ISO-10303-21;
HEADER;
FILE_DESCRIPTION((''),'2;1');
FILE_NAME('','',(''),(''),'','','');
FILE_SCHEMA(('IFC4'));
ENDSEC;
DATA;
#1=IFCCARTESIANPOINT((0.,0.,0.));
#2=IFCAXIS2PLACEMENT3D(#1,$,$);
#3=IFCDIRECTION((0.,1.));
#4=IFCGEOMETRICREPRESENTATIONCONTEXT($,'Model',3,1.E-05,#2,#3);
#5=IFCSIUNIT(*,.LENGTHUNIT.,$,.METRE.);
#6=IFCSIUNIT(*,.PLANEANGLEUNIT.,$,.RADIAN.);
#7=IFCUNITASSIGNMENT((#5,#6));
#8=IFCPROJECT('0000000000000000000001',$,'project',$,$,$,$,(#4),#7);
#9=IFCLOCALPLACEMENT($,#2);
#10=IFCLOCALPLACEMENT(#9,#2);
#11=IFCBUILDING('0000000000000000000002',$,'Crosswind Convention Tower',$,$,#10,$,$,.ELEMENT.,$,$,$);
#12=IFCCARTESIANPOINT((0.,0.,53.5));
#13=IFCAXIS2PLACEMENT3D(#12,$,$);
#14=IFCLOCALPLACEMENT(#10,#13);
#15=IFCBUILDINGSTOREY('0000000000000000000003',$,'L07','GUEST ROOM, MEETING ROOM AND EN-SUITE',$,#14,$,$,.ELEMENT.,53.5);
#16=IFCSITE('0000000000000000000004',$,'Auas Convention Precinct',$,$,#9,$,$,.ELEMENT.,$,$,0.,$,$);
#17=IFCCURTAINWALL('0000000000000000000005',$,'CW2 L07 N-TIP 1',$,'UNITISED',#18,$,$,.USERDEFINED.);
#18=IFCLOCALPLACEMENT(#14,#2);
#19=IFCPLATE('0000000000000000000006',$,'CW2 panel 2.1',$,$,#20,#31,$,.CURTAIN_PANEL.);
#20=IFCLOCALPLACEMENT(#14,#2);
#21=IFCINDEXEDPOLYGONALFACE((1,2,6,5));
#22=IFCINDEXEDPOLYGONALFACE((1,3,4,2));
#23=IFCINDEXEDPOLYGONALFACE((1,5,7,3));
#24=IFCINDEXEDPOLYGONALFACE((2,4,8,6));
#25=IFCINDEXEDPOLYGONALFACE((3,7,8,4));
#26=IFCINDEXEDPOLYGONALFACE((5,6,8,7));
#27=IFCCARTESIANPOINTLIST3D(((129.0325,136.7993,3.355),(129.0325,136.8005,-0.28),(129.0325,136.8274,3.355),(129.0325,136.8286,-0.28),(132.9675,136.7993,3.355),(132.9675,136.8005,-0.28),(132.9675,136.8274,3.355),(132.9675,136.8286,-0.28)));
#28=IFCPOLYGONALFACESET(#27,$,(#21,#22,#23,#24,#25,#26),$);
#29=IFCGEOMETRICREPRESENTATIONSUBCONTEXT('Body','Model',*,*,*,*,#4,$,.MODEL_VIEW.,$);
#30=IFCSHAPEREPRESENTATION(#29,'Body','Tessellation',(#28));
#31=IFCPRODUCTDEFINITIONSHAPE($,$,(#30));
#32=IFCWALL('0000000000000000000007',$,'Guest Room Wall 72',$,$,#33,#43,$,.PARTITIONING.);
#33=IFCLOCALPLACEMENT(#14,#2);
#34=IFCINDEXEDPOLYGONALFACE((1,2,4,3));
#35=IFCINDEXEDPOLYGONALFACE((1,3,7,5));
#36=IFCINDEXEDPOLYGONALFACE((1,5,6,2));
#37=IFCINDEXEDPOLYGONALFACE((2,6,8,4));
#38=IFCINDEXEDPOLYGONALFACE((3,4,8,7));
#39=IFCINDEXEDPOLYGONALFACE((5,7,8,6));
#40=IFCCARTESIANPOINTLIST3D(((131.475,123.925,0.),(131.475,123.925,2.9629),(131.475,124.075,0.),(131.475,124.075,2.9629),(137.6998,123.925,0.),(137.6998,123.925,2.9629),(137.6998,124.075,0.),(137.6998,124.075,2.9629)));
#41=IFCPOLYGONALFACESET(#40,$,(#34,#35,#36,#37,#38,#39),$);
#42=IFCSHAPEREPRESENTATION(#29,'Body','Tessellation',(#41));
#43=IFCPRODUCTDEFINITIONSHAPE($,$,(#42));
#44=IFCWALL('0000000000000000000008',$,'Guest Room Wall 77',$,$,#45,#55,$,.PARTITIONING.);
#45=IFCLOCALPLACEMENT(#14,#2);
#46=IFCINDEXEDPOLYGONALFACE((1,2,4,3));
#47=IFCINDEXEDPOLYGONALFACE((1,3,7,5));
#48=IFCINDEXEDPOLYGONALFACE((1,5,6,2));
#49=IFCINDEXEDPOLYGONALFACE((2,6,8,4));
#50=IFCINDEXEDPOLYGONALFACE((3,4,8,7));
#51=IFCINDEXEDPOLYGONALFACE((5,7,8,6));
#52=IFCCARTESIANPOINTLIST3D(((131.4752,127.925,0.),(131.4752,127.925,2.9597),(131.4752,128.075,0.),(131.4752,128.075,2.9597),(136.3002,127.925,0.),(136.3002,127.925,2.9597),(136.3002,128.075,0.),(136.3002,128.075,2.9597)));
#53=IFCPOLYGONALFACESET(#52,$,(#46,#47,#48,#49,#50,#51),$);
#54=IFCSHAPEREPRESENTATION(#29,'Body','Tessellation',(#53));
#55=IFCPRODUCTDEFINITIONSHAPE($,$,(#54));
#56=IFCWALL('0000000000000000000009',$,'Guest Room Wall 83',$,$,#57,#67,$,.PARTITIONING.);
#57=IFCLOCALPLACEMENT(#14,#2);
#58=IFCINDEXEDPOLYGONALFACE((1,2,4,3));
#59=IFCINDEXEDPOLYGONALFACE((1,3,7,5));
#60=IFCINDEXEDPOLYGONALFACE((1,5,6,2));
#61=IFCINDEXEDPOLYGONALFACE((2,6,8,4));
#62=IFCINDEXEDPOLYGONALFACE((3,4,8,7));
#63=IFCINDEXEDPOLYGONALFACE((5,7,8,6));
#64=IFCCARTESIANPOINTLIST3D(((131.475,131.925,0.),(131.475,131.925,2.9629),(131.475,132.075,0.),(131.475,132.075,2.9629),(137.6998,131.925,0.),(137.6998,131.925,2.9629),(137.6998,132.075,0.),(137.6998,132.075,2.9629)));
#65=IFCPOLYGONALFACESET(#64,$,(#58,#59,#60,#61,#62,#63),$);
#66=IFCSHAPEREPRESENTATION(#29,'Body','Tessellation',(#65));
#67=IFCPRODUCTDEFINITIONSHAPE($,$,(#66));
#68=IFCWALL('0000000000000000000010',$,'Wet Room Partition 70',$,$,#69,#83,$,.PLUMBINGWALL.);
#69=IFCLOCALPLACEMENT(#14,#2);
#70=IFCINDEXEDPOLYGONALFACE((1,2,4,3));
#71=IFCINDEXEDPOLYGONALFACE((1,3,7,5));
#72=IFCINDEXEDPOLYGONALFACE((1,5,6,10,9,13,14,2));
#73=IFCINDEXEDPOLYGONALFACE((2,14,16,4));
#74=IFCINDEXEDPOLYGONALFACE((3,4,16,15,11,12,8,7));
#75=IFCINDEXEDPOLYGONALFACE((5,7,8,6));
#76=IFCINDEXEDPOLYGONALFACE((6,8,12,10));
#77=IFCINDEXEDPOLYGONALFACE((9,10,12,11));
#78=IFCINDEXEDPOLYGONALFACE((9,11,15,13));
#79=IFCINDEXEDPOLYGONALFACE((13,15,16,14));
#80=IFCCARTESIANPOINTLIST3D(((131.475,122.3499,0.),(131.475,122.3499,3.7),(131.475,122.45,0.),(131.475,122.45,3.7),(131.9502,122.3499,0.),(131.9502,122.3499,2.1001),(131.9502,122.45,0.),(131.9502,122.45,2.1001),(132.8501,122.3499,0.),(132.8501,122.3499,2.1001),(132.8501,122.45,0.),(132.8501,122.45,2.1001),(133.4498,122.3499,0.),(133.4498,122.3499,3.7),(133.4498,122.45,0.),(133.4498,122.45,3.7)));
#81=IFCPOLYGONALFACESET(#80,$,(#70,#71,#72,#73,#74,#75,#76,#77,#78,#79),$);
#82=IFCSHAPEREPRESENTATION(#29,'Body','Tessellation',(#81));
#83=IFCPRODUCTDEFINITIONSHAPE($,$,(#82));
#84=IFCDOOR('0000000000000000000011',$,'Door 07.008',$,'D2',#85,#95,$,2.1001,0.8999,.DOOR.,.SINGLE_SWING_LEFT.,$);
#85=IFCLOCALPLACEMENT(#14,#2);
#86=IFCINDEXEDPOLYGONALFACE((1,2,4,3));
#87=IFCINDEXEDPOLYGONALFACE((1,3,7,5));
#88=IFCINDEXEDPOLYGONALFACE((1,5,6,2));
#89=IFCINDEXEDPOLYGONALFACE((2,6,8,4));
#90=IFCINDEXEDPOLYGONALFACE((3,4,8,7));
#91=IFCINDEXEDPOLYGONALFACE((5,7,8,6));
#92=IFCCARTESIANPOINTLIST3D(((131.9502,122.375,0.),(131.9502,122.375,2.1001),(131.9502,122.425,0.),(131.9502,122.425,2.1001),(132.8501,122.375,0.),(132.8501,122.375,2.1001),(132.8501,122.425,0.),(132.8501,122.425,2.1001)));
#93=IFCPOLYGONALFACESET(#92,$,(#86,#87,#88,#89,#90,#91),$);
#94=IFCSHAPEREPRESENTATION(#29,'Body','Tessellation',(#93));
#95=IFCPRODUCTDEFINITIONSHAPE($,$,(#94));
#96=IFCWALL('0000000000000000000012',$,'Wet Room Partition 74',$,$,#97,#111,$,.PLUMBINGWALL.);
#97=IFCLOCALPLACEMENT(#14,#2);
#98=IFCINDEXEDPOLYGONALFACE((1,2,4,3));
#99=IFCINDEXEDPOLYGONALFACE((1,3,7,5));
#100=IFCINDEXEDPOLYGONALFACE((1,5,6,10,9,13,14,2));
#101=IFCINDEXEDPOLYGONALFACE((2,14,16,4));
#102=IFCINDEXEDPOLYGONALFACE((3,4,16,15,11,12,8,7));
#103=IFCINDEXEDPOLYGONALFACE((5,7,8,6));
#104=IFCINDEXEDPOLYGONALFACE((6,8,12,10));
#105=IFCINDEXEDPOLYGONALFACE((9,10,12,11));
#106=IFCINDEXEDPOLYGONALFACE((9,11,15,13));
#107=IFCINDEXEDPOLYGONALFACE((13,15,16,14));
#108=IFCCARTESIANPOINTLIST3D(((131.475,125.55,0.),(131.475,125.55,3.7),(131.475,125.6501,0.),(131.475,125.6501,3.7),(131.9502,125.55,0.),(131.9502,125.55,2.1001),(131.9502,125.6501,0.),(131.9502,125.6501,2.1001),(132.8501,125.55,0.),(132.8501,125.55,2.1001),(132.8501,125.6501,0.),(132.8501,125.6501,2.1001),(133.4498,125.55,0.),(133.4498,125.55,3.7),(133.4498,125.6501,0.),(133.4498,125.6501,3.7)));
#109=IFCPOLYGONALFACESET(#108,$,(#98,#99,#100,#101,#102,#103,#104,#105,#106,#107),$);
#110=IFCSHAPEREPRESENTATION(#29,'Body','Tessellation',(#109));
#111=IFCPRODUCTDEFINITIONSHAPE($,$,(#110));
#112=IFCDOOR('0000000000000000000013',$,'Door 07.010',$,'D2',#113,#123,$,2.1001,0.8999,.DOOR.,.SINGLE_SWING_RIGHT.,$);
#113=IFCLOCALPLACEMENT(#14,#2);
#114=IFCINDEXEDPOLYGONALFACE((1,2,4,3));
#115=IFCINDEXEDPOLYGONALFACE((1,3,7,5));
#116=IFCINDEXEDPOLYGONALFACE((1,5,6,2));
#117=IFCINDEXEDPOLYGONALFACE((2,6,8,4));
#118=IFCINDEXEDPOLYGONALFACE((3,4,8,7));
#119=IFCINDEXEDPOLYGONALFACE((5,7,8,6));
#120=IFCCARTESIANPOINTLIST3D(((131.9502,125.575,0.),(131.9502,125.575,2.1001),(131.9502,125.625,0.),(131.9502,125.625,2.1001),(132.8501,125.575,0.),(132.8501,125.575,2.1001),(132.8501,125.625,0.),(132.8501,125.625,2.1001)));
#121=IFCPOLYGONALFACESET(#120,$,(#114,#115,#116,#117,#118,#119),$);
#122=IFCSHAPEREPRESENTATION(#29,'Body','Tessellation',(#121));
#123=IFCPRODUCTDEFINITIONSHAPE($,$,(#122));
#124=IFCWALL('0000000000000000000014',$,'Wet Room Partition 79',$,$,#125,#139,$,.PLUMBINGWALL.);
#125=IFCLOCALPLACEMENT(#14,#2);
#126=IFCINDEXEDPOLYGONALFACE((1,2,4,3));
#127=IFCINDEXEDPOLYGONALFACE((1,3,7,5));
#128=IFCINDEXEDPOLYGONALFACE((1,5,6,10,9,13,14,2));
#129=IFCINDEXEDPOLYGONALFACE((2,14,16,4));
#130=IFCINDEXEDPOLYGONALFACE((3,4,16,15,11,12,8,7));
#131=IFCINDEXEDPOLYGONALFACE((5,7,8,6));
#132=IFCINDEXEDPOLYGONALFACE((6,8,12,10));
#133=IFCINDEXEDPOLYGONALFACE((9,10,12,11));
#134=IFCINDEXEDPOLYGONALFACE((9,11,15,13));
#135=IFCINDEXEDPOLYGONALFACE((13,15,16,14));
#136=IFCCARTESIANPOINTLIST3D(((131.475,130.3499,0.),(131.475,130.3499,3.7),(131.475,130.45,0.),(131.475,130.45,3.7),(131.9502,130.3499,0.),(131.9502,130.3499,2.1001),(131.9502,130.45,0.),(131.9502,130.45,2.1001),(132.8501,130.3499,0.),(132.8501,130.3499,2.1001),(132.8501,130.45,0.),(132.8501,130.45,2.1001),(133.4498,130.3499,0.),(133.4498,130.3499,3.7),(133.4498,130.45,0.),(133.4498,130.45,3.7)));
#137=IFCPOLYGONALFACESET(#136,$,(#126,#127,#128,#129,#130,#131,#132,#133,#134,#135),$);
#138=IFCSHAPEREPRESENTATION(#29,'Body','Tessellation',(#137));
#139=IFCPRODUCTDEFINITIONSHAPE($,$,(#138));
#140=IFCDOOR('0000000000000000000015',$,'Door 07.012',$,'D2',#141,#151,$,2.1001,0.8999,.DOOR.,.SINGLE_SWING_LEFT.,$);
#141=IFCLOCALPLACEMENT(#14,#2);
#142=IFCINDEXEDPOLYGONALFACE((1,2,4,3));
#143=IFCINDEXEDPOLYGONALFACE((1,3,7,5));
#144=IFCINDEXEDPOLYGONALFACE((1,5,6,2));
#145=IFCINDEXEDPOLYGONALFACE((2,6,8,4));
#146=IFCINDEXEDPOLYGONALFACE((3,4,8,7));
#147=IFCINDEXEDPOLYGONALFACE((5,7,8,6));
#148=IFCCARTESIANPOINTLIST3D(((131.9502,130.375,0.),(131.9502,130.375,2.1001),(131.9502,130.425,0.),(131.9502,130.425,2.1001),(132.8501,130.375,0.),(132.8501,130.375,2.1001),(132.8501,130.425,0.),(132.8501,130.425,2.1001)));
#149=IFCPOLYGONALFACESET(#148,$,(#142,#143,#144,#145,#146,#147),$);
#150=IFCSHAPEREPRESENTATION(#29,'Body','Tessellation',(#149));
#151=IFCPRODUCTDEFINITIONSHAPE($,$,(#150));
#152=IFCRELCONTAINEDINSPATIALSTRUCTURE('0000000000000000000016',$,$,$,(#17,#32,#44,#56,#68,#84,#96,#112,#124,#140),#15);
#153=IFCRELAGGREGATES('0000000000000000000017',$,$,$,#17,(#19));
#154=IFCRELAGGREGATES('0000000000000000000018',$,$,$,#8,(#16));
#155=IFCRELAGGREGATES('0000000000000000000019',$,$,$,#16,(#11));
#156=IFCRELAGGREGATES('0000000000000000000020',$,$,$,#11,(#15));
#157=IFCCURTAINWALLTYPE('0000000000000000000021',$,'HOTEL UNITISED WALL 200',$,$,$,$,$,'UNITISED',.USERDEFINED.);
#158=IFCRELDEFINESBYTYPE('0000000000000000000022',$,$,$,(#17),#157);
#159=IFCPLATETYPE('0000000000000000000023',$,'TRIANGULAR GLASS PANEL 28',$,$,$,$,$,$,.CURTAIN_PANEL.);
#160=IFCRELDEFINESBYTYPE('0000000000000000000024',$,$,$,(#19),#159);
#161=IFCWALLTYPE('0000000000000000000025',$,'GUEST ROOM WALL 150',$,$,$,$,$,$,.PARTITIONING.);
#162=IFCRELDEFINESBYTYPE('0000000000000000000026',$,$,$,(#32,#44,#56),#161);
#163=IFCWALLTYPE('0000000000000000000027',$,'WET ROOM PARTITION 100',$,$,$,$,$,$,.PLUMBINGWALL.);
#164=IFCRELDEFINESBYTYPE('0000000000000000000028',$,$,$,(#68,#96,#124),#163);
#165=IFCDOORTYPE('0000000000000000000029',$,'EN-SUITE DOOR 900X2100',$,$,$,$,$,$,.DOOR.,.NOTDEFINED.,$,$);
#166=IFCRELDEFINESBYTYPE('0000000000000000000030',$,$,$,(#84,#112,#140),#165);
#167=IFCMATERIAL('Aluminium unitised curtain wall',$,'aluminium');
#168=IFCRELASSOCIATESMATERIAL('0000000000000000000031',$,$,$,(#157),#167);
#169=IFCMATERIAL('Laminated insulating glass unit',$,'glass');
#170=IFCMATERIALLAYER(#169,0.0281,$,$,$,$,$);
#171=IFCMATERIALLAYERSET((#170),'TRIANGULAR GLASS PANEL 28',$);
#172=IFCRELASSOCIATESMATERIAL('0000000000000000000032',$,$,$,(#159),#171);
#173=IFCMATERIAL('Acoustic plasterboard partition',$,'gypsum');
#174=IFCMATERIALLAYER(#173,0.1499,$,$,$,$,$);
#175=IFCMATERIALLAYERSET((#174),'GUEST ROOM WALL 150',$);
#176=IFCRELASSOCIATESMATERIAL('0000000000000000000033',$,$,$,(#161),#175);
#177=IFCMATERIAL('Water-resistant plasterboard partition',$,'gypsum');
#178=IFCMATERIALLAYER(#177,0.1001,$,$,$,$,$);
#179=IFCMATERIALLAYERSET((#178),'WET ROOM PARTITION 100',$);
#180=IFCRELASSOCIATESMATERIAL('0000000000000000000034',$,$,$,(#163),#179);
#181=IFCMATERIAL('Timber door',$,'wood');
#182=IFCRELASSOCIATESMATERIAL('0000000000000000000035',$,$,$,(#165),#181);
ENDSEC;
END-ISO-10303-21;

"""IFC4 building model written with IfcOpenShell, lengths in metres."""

from ifc_helpers import new_model, si_unit, direction, frame, frame_2d, origin, place, context, subcontext, project, spatial, polyline, rectangle, outline, extrude, material, layer, layer_set, type_object, element, fill, aggregate, save


model = new_model("IFC4")

# Units and contexts
model_context = context("Model", 3, precision=1e-05, world=origin(), true_north=direction((0.0, 1.0)))
body_context = subcontext(model_context, "Body", "Model", "MODEL_VIEW")
ifc_project = project(units=[si_unit("LENGTHUNIT", "METRE"), si_unit("PLANEANGLEUNIT", "RADIAN")], contexts=[model_context])

# Site, building, storey
site_placement = place(None, origin())
site = spatial("IfcSite", under=ifc_project, at=site_placement, Name="Auas Convention Precinct", CompositionType="ELEMENT", RefElevation=0.0)
building_placement = place(site_placement, origin())
building = spatial("IfcBuilding", under=site, at=building_placement, Name="Crosswind Convention Tower", CompositionType="ELEMENT")
storey_placement = place(building_placement, frame((0.0, 0.0, 53.5)))
storey = spatial("IfcBuildingStorey", under=building, at=storey_placement, Name="L07", Description="GUEST ROOM, MEETING ROOM AND EN-SUITE", CompositionType="ELEMENT", Elevation=53.5)

# Curtain wall, plate
ifc_material_1 = material(Name="Aluminium unitised curtain wall", Category="aluminium")
curtain_wall_type = type_object("IfcCurtainWallType", Name="HOTEL UNITISED WALL 200", ElementType="UNITISED", PredefinedType="USERDEFINED", material=ifc_material_1)
curtain_wall_placement = place(storey_placement, origin())
curtain_wall = element("IfcCurtainWall", 1, at=curtain_wall_placement, inside=storey, type_object=curtain_wall_type, Name="CW2 L07 N-TIP 1", ObjectType="UNITISED", PredefinedType="USERDEFINED")
ifc_material_2 = material(Name="Laminated insulating glass unit", Category="glass")
ifc_layer_1 = layer(ifc_material_2, 0.0281)
ifc_layer_set_1 = layer_set([ifc_layer_1], Name="TRIANGULAR GLASS PANEL 28")
plate_type = type_object("IfcPlateType", Name="TRIANGULAR GLASS PANEL 28", PredefinedType="CURTAIN_PANEL", material=ifc_layer_set_1)
plate_1_placement = place(storey_placement, frame((132.9675, 136.8286, -0.28), z_axis=(0.0, 1.0, 0.000336), x_axis=(-1.0, 0.0, 0.0)))
plate_1 = element("IfcPlate", 2, at=plate_1_placement, type_object=plate_type, Name="CW2 panel 2.1", PredefinedType="CURTAIN_PANEL", context=body_context, shape_type="SweptSolid", body=[
    extrude(outline(polyline([(0.0, 0.0), (3.9351, 0.0), (3.9351, 3.635), (0.0, 3.635), (0.0, 0.0)])), origin(), (0.0, 0.0, -1.0), 0.0281),
])
aggregate(curtain_wall, [plate_1])

# Walls
ifc_material_3 = material(Name="Acoustic plasterboard partition", Category="gypsum")
ifc_layer_2 = layer(ifc_material_3, 0.1499)
ifc_layer_set_2 = layer_set([ifc_layer_2], Name="GUEST ROOM WALL 150")
wall_type_1 = type_object("IfcWallType", Name="GUEST ROOM WALL 150", PredefinedType="PARTITIONING", material=ifc_layer_set_2)
wall_1_placement = place(storey_placement, frame((131.4751, 124.0, 0.0), z_axis=(0.0, 0.0, 1.0), x_axis=(1.0, 0.0, 0.0)))
element("IfcWall", 3, at=wall_1_placement, inside=storey, type_object=wall_type_1, Name="Guest Room Wall 72", PredefinedType="PARTITIONING", context=body_context, shape_type="SweptSolid", body=[
    extrude(rectangle(XDim=6.2249, YDim=0.1499, at=frame_2d((3.1123, 0.0))), origin(), (0.0, 0.0, 1.0), 2.9629),
])
wall_2_placement = place(storey_placement, frame((131.4751, 128.0, 0.0), z_axis=(0.0, 0.0, 1.0), x_axis=(1.0, 0.0, 0.0)))
element("IfcWall", 4, at=wall_2_placement, inside=storey, type_object=wall_type_1, Name="Guest Room Wall 77", PredefinedType="PARTITIONING", context=body_context, shape_type="SweptSolid", body=[
    extrude(rectangle(XDim=4.825, YDim=0.1499, at=frame_2d((2.4126, 0.0))), origin(), (0.0, 0.0, 1.0), 2.9597),
])
wall_3_placement = place(storey_placement, frame((131.4751, 132.0, 0.0), z_axis=(0.0, 0.0, 1.0), x_axis=(1.0, 0.0, 0.0)))
element("IfcWall", 5, at=wall_3_placement, inside=storey, type_object=wall_type_1, Name="Guest Room Wall 83", PredefinedType="PARTITIONING", context=body_context, shape_type="SweptSolid", body=[
    extrude(rectangle(XDim=6.2249, YDim=0.1499, at=frame_2d((3.1123, 0.0))), origin(), (0.0, 0.0, 1.0), 2.9629),
])

# Walls, openings, doors
ifc_material_4 = material(Name="Water-resistant plasterboard partition", Category="gypsum")
ifc_layer_3 = layer(ifc_material_4, 0.1001)
ifc_layer_set_3 = layer_set([ifc_layer_3], Name="WET ROOM PARTITION 100")
wall_type_2 = type_object("IfcWallType", Name="WET ROOM PARTITION 100", PredefinedType="PLUMBINGWALL", material=ifc_layer_set_3)
wall_4_placement = place(storey_placement, frame((131.4751, 122.3999, 0.0), z_axis=(0.0, 0.0, 1.0), x_axis=(1.0, 0.0, 0.0)))
wall_4 = element("IfcWall", 6, at=wall_4_placement, inside=storey, type_object=wall_type_2, Name="Wet Room Partition 70", PredefinedType="PLUMBINGWALL", context=body_context, shape_type="SweptSolid", body=[
    extrude(rectangle(XDim=1.9749, YDim=0.1001, at=frame_2d((0.9873, 0.0))), origin(), (0.0, 0.0, 1.0), 3.7),
])
opening_1_placement = place(wall_4_placement, frame((0.4751, 0.0, 0.0)))
opening_1 = element("IfcOpeningElement", 7, at=opening_1_placement, cuts=wall_4, PredefinedType="OPENING", context=body_context, shape_type="SweptSolid", body=[
    extrude(rectangle(XDim=0.8999, YDim=2.1001, at=frame_2d((0.45, 1.05))), frame((0.0, 0.0601, 0.0), z_axis=(0.0, -1.0, 0.0), x_axis=(1.0, 0.0, 0.0)), (0.0, 0.0, 1.0), 0.1201),
])
ifc_material_5 = material(Name="Timber door", Category="wood")
door_type = type_object("IfcDoorType", Name="EN-SUITE DOOR 900X2100", OperationType="NOTDEFINED", PredefinedType="DOOR", material=ifc_material_5)
door_1_placement = place(opening_1_placement, frame((0.8999, 0.0, 0.0), z_axis=(0.0, 0.0, 1.0), x_axis=(-1.0, 0.0, 0.0)))
door_1 = element("IfcDoor", 8, at=door_1_placement, inside=storey, type_object=door_type, Name="Door 07.008", ObjectType="D2", OperationType="SINGLE_SWING_LEFT", OverallHeight=2.1001, OverallWidth=0.8999, PredefinedType="DOOR", context=body_context, shape_type="SweptSolid", body=[
    extrude(rectangle(XDim=0.8999, YDim=2.1001, at=frame_2d((0.45, 1.05))), frame((0.0, 0.0249, 0.0), z_axis=(0.0, -1.0, 0.0), x_axis=(1.0, 0.0, 0.0)), (0.0, 0.0, 1.0), 0.05),
])
fill(opening_1, door_1)
wall_5_placement = place(storey_placement, frame((131.4751, 125.6001, 0.0), z_axis=(0.0, 0.0, 1.0), x_axis=(1.0, 0.0, 0.0)))
wall_5 = element("IfcWall", 9, at=wall_5_placement, inside=storey, type_object=wall_type_2, Name="Wet Room Partition 74", PredefinedType="PLUMBINGWALL", context=body_context, shape_type="SweptSolid", body=[
    extrude(rectangle(XDim=1.9749, YDim=0.1001, at=frame_2d((0.9873, 0.0))), origin(), (0.0, 0.0, 1.0), 3.7),
])
opening_2_placement = place(wall_5_placement, frame((0.4751, 0.0, 0.0)))
opening_2 = element("IfcOpeningElement", 10, at=opening_2_placement, cuts=wall_5, PredefinedType="OPENING", context=body_context, shape_type="SweptSolid", body=[
    extrude(rectangle(XDim=0.8999, YDim=2.1001, at=frame_2d((0.45, 1.05))), frame((0.0, 0.0601, 0.0), z_axis=(0.0, -1.0, 0.0), x_axis=(1.0, 0.0, 0.0)), (0.0, 0.0, 1.0), 0.1201),
])
door_2_placement = place(opening_2_placement, origin())
door_2 = element("IfcDoor", 11, at=door_2_placement, inside=storey, type_object=door_type, Name="Door 07.010", ObjectType="D2", OperationType="SINGLE_SWING_RIGHT", OverallHeight=2.1001, OverallWidth=0.8999, PredefinedType="DOOR", context=body_context, shape_type="SweptSolid", body=[
    extrude(rectangle(XDim=0.8999, YDim=2.1001, at=frame_2d((0.45, 1.05))), frame((0.0, 0.0249, 0.0), z_axis=(0.0, -1.0, 0.0), x_axis=(1.0, 0.0, 0.0)), (0.0, 0.0, 1.0), 0.05),
])
fill(opening_2, door_2)
wall_6_placement = place(storey_placement, frame((131.4751, 130.3999, 0.0), z_axis=(0.0, 0.0, 1.0), x_axis=(1.0, 0.0, 0.0)))
wall_6 = element("IfcWall", 12, at=wall_6_placement, inside=storey, type_object=wall_type_2, Name="Wet Room Partition 79", PredefinedType="PLUMBINGWALL", context=body_context, shape_type="SweptSolid", body=[
    extrude(rectangle(XDim=1.9749, YDim=0.1001, at=frame_2d((0.9873, 0.0))), origin(), (0.0, 0.0, 1.0), 3.7),
])
opening_3_placement = place(wall_6_placement, frame((0.4751, 0.0, 0.0)))
opening_3 = element("IfcOpeningElement", 13, at=opening_3_placement, cuts=wall_6, PredefinedType="OPENING", context=body_context, shape_type="SweptSolid", body=[
    extrude(rectangle(XDim=0.8999, YDim=2.1001, at=frame_2d((0.45, 1.05))), frame((0.0, 0.0601, 0.0), z_axis=(0.0, -1.0, 0.0), x_axis=(1.0, 0.0, 0.0)), (0.0, 0.0, 1.0), 0.1201),
])
door_3_placement = place(opening_3_placement, frame((0.8999, 0.0, 0.0), z_axis=(0.0, 0.0, 1.0), x_axis=(-1.0, 0.0, 0.0)))
door_3 = element("IfcDoor", 14, at=door_3_placement, inside=storey, type_object=door_type, Name="Door 07.012", ObjectType="D2", OperationType="SINGLE_SWING_LEFT", OverallHeight=2.1001, OverallWidth=0.8999, PredefinedType="DOOR", context=body_context, shape_type="SweptSolid", body=[
    extrude(rectangle(XDim=0.8999, YDim=2.1001, at=frame_2d((0.45, 1.05))), frame((0.0, 0.0249, 0.0), z_axis=(0.0, -1.0, 0.0), x_axis=(1.0, 0.0, 0.0)), (0.0, 0.0, 1.0), 0.05),
])
fill(opening_3, door_3)

save(model, "model.ifc")
